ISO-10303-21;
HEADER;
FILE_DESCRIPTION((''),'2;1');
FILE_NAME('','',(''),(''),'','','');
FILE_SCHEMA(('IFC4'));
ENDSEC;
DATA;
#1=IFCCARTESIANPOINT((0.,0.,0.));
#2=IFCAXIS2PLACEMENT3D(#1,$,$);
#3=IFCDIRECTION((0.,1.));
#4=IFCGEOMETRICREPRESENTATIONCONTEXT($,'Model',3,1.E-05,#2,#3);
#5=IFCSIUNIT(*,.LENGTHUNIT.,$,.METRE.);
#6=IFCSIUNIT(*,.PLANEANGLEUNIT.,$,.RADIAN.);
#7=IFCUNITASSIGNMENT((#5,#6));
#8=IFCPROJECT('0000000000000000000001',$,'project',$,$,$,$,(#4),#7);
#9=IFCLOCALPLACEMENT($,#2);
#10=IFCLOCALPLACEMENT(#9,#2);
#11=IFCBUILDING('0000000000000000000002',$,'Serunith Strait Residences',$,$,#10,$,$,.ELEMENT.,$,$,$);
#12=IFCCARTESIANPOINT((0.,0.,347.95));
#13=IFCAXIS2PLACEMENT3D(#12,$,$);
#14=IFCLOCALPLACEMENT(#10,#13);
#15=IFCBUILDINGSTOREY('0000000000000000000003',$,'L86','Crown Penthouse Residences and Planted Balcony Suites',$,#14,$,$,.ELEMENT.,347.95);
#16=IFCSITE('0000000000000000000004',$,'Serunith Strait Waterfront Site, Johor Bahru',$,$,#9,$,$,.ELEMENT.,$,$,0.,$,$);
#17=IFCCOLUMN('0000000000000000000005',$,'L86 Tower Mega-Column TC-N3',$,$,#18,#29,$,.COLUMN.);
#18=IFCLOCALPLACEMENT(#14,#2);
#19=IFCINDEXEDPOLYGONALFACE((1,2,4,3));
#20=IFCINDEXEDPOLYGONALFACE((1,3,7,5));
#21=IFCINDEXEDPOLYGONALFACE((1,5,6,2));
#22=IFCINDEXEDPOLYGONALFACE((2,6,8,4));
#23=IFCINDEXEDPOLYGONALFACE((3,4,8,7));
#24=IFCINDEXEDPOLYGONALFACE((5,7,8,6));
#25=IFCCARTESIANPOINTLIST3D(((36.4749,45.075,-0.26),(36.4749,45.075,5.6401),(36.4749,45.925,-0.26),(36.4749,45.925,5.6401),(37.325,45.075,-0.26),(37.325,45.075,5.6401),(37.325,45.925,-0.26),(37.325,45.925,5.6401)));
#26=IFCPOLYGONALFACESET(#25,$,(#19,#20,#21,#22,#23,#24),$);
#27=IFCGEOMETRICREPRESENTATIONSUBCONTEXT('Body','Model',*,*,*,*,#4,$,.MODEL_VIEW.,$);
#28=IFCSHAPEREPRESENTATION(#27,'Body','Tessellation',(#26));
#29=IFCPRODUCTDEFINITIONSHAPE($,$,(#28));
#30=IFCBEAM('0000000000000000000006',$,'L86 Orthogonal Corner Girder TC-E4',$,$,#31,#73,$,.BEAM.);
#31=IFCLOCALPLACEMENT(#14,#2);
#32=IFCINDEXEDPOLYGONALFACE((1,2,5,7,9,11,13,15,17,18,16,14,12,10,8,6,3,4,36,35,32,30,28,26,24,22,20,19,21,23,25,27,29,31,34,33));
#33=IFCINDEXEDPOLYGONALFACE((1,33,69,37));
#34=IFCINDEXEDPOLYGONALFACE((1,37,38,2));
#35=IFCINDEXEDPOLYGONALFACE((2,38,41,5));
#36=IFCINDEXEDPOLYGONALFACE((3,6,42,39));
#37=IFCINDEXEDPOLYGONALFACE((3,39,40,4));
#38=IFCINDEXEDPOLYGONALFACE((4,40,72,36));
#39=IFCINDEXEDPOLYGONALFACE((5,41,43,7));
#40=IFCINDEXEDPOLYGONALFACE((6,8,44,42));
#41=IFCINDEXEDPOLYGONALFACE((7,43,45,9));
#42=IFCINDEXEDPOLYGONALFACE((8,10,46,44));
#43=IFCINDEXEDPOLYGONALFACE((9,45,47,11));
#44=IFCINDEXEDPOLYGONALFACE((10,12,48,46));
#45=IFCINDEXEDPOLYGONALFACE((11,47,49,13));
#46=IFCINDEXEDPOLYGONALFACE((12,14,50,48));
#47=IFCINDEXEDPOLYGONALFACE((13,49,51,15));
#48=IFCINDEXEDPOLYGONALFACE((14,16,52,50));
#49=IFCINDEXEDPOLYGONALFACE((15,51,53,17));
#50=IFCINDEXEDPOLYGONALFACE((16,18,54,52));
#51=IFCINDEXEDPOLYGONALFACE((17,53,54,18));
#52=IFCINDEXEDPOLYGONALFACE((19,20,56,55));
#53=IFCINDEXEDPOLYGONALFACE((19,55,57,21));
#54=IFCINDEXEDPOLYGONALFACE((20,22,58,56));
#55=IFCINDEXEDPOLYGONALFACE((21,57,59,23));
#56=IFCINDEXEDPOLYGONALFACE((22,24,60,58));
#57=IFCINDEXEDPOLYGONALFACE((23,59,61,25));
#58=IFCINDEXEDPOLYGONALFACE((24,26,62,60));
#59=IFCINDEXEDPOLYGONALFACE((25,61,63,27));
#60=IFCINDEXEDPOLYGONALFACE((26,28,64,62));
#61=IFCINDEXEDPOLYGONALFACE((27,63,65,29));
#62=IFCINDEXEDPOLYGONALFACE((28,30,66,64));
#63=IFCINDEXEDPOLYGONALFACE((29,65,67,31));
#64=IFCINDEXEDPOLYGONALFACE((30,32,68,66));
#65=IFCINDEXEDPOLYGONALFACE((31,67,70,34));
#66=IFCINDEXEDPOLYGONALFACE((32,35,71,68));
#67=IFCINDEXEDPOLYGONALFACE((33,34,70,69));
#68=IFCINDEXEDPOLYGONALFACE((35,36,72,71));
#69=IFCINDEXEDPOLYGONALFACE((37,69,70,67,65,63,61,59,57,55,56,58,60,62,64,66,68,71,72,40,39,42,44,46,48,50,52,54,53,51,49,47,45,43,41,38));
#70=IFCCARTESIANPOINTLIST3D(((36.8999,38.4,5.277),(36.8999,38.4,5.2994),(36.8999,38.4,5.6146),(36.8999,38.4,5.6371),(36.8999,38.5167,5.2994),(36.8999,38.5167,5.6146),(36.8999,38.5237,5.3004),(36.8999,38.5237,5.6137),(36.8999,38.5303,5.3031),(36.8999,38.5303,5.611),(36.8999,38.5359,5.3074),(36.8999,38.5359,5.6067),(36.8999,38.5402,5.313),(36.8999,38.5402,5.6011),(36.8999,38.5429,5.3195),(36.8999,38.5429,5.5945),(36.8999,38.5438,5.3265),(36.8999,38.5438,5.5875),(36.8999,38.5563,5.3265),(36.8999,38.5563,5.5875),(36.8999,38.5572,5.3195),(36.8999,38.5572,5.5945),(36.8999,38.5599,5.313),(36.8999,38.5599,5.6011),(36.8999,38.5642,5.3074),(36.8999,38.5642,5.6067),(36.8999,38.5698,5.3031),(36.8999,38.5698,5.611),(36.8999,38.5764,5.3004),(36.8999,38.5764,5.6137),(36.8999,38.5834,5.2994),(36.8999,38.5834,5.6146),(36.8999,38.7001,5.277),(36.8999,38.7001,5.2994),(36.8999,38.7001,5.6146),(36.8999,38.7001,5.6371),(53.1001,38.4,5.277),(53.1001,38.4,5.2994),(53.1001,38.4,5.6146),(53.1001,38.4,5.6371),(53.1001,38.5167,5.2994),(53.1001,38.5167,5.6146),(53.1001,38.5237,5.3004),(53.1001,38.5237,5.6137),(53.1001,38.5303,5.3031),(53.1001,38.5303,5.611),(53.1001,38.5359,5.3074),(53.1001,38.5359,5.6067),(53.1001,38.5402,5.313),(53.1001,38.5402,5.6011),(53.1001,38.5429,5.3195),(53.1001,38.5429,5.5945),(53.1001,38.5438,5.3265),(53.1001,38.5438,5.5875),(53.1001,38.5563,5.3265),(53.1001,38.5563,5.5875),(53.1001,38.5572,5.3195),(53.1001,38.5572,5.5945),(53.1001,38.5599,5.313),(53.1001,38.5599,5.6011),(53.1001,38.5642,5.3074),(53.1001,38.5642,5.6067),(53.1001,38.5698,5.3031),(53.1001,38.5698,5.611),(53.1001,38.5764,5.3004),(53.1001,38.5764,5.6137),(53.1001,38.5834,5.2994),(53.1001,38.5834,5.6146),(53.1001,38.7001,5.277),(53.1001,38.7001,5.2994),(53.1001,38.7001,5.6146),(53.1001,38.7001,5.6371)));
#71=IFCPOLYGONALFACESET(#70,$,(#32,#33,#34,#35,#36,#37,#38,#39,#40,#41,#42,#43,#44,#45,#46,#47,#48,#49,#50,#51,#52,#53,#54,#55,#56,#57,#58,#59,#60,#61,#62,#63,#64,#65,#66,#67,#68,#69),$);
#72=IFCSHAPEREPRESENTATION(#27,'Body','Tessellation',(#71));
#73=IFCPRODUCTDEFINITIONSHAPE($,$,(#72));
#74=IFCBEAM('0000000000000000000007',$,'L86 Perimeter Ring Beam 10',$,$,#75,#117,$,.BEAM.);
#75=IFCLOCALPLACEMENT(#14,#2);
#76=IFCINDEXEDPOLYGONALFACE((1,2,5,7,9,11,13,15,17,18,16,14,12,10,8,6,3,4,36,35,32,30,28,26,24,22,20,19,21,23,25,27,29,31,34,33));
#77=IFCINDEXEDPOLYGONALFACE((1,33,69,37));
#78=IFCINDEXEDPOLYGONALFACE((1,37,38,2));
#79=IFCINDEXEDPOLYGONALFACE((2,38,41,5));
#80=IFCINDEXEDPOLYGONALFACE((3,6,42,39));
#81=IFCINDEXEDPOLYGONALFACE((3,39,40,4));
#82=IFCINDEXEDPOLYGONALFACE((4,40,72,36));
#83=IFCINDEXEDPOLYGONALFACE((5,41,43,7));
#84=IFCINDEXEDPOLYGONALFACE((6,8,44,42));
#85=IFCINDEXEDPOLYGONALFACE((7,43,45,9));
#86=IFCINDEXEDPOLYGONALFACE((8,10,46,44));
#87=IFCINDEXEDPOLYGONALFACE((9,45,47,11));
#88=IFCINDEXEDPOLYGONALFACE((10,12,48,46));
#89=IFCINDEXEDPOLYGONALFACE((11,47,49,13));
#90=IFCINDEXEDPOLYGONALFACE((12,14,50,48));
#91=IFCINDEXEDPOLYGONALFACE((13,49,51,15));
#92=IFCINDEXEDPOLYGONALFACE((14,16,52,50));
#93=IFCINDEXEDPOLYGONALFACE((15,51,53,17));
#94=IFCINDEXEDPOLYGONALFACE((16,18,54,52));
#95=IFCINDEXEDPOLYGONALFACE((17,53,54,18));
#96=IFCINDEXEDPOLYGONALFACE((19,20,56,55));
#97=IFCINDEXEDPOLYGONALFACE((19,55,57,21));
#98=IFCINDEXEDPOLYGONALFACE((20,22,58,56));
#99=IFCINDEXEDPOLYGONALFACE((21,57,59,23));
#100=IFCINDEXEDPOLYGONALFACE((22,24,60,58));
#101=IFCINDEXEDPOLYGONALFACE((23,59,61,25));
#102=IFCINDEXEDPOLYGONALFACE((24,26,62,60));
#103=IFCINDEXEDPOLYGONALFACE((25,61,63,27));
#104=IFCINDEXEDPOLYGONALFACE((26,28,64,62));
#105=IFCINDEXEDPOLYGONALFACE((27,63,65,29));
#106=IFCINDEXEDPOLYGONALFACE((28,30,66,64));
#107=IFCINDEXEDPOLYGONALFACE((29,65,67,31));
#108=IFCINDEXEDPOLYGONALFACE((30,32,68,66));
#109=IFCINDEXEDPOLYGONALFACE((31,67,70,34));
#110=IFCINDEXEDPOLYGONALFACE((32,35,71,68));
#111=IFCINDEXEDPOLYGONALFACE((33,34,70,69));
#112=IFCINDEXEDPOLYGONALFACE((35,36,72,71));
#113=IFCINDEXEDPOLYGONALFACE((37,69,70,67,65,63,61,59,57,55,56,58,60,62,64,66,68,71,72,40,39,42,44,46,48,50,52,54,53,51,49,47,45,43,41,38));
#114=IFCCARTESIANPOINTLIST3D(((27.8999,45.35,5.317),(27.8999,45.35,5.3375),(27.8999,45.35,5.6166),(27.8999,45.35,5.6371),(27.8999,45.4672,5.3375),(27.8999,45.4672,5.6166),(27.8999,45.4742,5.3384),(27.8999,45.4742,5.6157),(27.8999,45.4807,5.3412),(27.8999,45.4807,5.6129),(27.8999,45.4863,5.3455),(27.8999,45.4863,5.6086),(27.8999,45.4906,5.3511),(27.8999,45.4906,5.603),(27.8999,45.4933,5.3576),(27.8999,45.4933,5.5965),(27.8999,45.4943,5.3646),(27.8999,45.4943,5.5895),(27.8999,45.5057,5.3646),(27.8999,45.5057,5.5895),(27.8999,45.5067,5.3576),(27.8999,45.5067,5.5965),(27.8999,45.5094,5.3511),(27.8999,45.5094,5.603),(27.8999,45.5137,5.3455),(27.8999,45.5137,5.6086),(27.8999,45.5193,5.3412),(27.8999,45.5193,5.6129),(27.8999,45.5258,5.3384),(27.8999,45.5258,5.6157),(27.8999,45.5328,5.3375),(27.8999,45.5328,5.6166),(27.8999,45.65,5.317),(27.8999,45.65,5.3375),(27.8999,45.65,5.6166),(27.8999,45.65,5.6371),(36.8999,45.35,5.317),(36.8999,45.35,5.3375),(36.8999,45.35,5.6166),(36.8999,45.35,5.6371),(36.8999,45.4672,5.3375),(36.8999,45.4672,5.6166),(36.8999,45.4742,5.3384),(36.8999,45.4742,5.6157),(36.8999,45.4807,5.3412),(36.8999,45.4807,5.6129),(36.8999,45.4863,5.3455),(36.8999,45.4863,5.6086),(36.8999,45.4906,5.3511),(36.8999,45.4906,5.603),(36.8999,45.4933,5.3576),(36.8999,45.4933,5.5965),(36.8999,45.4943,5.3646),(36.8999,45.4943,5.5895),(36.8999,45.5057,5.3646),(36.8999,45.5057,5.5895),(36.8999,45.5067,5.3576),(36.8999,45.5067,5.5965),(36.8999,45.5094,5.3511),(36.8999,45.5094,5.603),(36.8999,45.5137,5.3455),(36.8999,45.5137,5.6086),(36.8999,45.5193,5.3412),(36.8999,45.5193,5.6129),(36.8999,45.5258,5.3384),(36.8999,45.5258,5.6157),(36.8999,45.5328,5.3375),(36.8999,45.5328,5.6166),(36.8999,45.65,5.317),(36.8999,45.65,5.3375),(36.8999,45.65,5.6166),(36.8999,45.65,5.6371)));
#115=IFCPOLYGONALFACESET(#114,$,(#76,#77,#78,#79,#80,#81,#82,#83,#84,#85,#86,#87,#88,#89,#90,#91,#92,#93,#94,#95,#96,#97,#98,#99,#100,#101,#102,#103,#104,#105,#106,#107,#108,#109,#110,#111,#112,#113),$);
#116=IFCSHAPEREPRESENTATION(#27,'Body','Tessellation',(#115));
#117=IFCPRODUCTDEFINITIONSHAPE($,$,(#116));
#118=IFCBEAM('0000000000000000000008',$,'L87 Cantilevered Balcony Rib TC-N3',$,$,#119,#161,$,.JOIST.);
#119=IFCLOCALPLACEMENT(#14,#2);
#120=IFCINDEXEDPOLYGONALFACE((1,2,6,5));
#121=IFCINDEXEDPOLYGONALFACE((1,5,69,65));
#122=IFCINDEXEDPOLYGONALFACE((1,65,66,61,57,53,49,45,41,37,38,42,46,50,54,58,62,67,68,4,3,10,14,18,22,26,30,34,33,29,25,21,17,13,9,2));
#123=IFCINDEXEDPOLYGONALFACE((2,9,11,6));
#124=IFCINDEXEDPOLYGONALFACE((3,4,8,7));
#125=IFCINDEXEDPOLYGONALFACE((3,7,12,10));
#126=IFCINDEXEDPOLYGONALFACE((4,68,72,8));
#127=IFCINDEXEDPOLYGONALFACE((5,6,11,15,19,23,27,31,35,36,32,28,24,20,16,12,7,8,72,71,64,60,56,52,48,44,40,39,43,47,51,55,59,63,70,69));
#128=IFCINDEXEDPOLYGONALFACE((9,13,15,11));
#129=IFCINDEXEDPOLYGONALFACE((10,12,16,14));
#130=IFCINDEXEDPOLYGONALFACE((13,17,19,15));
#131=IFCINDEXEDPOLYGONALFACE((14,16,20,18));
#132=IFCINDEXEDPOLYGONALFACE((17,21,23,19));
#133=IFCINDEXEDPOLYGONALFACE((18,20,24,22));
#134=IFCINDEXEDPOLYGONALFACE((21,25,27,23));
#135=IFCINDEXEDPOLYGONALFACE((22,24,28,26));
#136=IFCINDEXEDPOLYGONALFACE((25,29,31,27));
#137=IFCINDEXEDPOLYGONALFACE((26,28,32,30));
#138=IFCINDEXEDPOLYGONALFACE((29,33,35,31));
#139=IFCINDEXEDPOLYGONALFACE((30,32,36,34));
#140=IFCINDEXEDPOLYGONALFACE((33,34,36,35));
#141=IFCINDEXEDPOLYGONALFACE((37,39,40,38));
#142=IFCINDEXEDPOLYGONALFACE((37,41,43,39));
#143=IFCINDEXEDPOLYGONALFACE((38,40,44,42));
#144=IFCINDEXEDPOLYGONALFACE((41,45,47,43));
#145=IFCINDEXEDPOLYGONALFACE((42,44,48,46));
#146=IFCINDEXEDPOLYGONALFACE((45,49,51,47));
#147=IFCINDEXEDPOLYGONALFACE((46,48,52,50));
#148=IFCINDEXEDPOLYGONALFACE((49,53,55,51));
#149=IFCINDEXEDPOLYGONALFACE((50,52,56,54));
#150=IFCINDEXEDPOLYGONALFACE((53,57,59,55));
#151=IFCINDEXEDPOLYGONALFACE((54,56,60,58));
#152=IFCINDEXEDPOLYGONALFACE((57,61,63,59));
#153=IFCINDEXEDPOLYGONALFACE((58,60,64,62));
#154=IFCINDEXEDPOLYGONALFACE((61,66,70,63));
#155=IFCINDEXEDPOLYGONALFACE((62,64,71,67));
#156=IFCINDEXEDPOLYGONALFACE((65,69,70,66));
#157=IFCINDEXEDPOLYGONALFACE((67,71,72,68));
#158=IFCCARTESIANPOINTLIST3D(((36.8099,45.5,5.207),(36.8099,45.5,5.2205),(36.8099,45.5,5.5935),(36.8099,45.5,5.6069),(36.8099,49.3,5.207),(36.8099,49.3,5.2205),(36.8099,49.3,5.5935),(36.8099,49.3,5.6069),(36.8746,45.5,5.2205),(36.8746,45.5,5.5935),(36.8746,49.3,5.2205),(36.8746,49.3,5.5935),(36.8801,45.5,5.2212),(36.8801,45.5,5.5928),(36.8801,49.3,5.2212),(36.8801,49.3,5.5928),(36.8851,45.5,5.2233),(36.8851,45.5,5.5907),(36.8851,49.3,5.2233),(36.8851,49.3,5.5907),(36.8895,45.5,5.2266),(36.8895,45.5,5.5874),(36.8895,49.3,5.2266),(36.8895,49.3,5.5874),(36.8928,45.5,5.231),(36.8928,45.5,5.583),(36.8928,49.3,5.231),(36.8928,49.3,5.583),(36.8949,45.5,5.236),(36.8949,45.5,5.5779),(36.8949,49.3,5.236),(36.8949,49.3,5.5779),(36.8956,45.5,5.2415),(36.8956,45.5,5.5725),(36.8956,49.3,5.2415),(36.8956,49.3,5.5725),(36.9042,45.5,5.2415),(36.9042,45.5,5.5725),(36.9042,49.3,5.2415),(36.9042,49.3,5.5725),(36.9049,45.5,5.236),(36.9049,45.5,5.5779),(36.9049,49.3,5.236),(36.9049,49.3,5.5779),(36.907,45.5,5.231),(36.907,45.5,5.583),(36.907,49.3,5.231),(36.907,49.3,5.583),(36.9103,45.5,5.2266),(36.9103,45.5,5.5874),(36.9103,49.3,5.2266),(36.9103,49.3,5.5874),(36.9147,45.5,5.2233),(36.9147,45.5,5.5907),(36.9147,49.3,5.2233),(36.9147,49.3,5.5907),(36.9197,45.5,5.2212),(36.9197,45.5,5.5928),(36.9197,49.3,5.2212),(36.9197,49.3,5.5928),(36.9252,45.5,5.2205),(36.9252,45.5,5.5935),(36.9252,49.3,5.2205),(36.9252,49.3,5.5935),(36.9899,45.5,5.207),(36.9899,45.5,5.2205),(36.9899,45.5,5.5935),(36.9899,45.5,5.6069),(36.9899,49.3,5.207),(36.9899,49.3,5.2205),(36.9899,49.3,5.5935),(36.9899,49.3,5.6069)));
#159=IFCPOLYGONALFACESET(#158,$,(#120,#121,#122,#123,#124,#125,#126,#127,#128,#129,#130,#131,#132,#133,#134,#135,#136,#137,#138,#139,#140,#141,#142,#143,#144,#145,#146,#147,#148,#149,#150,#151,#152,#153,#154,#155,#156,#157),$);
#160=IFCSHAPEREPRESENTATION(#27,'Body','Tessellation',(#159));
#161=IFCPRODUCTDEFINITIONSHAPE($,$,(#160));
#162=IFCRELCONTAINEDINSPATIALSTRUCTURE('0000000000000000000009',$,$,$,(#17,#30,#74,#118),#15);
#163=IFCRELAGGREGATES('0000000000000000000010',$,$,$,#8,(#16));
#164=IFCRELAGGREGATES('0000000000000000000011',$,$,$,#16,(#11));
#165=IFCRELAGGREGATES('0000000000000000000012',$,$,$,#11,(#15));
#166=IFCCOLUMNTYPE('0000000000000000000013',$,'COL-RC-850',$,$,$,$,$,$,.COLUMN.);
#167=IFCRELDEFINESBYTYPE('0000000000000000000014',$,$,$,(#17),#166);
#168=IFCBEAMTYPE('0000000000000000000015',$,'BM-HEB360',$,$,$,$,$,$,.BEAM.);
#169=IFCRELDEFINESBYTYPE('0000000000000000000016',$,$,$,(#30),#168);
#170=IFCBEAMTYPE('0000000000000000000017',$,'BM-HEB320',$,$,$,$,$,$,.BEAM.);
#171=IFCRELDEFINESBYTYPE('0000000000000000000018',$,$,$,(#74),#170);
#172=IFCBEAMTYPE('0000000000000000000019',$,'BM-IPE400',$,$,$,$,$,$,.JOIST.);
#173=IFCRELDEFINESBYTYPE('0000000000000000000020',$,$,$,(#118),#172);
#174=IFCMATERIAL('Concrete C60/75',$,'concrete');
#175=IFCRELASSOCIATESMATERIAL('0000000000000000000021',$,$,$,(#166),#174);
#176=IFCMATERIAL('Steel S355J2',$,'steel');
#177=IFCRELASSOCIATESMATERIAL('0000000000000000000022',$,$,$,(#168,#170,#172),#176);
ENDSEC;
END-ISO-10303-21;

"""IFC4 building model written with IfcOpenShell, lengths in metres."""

from ifc_helpers import new_model, si_unit, direction, frame, origin, origin_2d, place, context, subcontext, project, spatial, rectangle, i_section, extrude, source, transform, mapped, material, material_profile, profile_set, type_object, element, save


model = new_model("IFC4")

# Units and contexts
model_context = context("Model", 3, precision=1e-05, world=origin(), true_north=direction((0.0, 1.0)))
body_context = subcontext(model_context, "Body", "Model", "MODEL_VIEW")
ifc_project = project(units=[si_unit("LENGTHUNIT", "METRE"), si_unit("PLANEANGLEUNIT", "RADIAN")], contexts=[model_context])

# Site, building, storey
site_placement = place(None, origin())
site = spatial("IfcSite", under=ifc_project, at=site_placement, Name="Serunith Strait Waterfront Site, Johor Bahru", CompositionType="ELEMENT", RefElevation=0.0)
building_placement = place(site_placement, origin())
building = spatial("IfcBuilding", under=site, at=building_placement, Name="Serunith Strait Residences", CompositionType="ELEMENT")
storey_placement = place(building_placement, frame((0.0, 0.0, 347.95)))
storey = spatial("IfcBuildingStorey", under=building, at=storey_placement, Name="L86", Description="Crown Penthouse Residences and Planted Balcony Suites", CompositionType="ELEMENT", Elevation=347.95)

# Column
ifc_material_1 = material(Name="Concrete C60/75", Category="concrete")
ifc_material_profile_1 = material_profile(ifc_material_1, rectangle(XDim=0.8501, YDim=0.8501, at=origin_2d()), Name="RC 850x850")
ifc_profile_set_1 = profile_set([ifc_material_profile_1], Name="Concrete C60/75")
column_type = type_object("IfcColumnType", Name="COL-RC-850", PredefinedType="COLUMN", material=ifc_profile_set_1)
shared_shape_1 = source(origin(), body_context, "Body", "SweptSolid", [
    extrude(rectangle(XDim=0.8501, YDim=0.8501, at=origin_2d()), origin(), (0.0, 0.0, 1.0), 5.9001),
])
column_placement = place(storey_placement, frame((36.8999, 45.5, -0.26), z_axis=(0.0, 0.0, 1.0), x_axis=(1.0, 0.0, 0.0)))
element("IfcColumn", 1, at=column_placement, inside=storey, type_object=column_type, Name="L86 Tower Mega-Column TC-N3", PredefinedType="COLUMN", context=body_context, shape_type="MappedRepresentation", body=[
    mapped(shared_shape_1, transform((0.0, 0.0, 0.0), scale=1.0)),
])

# Beams
ifc_material_2 = material(Name="Steel S355J2", Category="steel")
ifc_material_profile_2 = material_profile(ifc_material_2, i_section(OverallWidth=0.3, OverallDepth=0.3601, WebThickness=0.0125, FlangeThickness=0.0225, FilletRadius=0.0271, at=origin_2d()), Name="HEB 360")
ifc_profile_set_2 = profile_set([ifc_material_profile_2], Name="Steel S355J2")
beam_type_1 = type_object("IfcBeamType", Name="BM-HEB360", PredefinedType="BEAM", material=ifc_profile_set_2)
shared_shape_2 = source(origin(), body_context, "Body", "SweptSolid", [
    extrude(i_section(OverallWidth=0.3, OverallDepth=0.3601, WebThickness=0.0125, FlangeThickness=0.0225, FilletRadius=0.0271, at=origin_2d()), origin(), (0.0, 0.0, 1.0), 16.2002),
])
beam_1_placement = place(storey_placement, frame((36.8999, 38.55, 5.457), z_axis=(1.0, 0.0, 0.0), x_axis=(0.0, 1.0, 0.0)))
element("IfcBeam", 2, at=beam_1_placement, inside=storey, type_object=beam_type_1, Name="L86 Orthogonal Corner Girder TC-E4", PredefinedType="BEAM", context=body_context, shape_type="MappedRepresentation", body=[
    mapped(shared_shape_2, transform((0.0, 0.0, 0.0), scale=1.0)),
])
ifc_material_profile_3 = material_profile(ifc_material_2, i_section(OverallWidth=0.3, OverallDepth=0.3201, WebThickness=0.0115, FlangeThickness=0.0205, FilletRadius=0.0271, at=origin_2d()), Name="HEB 320")
ifc_profile_set_3 = profile_set([ifc_material_profile_3], Name="Steel S355J2")
beam_type_2 = type_object("IfcBeamType", Name="BM-HEB320", PredefinedType="BEAM", material=ifc_profile_set_3)
shared_shape_3 = source(origin(), body_context, "Body", "SweptSolid", [
    extrude(i_section(OverallWidth=0.3, OverallDepth=0.3201, WebThickness=0.0115, FlangeThickness=0.0205, FilletRadius=0.0271, at=origin_2d()), origin(), (0.0, 0.0, 1.0), 9.0),
])
beam_2_placement = place(storey_placement, frame((36.8999, 45.5, 5.4771), z_axis=(-1.0, 0.0, 0.0), x_axis=(0.0, -1.0, 0.0)))
element("IfcBeam", 3, at=beam_2_placement, inside=storey, type_object=beam_type_2, Name="L86 Perimeter Ring Beam 10", PredefinedType="BEAM", context=body_context, shape_type="MappedRepresentation", body=[
    mapped(shared_shape_3, transform((0.0, 0.0, 0.0), scale=1.0)),
])
ifc_material_profile_4 = material_profile(ifc_material_2, i_section(OverallWidth=0.1799, OverallDepth=0.3999, WebThickness=0.0085, FlangeThickness=0.0134, FilletRadius=0.021, at=origin_2d()), Name="IPE 400")
ifc_profile_set_4 = profile_set([ifc_material_profile_4], Name="Steel S355J2")
beam_type_3 = type_object("IfcBeamType", Name="BM-IPE400", PredefinedType="JOIST", material=ifc_profile_set_4)
shared_shape_4 = source(origin(), body_context, "Body", "SweptSolid", [
    extrude(i_section(OverallWidth=0.1799, OverallDepth=0.3999, WebThickness=0.0085, FlangeThickness=0.0134, FilletRadius=0.021, at=origin_2d()), origin(), (0.0, 0.0, 1.0), 3.8),
])
beam_3_placement = place(storey_placement, frame((36.8999, 45.5, 5.407), z_axis=(0.0, 1.0, 0.0), x_axis=(-1.0, 0.0, 0.0)))
element("IfcBeam", 4, at=beam_3_placement, inside=storey, type_object=beam_type_3, Name="L87 Cantilevered Balcony Rib TC-N3", PredefinedType="JOIST", context=body_context, shape_type="MappedRepresentation", body=[
    mapped(shared_shape_4, transform((0.0, 0.0, 0.0), scale=1.0)),
])

save(model, "model.ifc")
